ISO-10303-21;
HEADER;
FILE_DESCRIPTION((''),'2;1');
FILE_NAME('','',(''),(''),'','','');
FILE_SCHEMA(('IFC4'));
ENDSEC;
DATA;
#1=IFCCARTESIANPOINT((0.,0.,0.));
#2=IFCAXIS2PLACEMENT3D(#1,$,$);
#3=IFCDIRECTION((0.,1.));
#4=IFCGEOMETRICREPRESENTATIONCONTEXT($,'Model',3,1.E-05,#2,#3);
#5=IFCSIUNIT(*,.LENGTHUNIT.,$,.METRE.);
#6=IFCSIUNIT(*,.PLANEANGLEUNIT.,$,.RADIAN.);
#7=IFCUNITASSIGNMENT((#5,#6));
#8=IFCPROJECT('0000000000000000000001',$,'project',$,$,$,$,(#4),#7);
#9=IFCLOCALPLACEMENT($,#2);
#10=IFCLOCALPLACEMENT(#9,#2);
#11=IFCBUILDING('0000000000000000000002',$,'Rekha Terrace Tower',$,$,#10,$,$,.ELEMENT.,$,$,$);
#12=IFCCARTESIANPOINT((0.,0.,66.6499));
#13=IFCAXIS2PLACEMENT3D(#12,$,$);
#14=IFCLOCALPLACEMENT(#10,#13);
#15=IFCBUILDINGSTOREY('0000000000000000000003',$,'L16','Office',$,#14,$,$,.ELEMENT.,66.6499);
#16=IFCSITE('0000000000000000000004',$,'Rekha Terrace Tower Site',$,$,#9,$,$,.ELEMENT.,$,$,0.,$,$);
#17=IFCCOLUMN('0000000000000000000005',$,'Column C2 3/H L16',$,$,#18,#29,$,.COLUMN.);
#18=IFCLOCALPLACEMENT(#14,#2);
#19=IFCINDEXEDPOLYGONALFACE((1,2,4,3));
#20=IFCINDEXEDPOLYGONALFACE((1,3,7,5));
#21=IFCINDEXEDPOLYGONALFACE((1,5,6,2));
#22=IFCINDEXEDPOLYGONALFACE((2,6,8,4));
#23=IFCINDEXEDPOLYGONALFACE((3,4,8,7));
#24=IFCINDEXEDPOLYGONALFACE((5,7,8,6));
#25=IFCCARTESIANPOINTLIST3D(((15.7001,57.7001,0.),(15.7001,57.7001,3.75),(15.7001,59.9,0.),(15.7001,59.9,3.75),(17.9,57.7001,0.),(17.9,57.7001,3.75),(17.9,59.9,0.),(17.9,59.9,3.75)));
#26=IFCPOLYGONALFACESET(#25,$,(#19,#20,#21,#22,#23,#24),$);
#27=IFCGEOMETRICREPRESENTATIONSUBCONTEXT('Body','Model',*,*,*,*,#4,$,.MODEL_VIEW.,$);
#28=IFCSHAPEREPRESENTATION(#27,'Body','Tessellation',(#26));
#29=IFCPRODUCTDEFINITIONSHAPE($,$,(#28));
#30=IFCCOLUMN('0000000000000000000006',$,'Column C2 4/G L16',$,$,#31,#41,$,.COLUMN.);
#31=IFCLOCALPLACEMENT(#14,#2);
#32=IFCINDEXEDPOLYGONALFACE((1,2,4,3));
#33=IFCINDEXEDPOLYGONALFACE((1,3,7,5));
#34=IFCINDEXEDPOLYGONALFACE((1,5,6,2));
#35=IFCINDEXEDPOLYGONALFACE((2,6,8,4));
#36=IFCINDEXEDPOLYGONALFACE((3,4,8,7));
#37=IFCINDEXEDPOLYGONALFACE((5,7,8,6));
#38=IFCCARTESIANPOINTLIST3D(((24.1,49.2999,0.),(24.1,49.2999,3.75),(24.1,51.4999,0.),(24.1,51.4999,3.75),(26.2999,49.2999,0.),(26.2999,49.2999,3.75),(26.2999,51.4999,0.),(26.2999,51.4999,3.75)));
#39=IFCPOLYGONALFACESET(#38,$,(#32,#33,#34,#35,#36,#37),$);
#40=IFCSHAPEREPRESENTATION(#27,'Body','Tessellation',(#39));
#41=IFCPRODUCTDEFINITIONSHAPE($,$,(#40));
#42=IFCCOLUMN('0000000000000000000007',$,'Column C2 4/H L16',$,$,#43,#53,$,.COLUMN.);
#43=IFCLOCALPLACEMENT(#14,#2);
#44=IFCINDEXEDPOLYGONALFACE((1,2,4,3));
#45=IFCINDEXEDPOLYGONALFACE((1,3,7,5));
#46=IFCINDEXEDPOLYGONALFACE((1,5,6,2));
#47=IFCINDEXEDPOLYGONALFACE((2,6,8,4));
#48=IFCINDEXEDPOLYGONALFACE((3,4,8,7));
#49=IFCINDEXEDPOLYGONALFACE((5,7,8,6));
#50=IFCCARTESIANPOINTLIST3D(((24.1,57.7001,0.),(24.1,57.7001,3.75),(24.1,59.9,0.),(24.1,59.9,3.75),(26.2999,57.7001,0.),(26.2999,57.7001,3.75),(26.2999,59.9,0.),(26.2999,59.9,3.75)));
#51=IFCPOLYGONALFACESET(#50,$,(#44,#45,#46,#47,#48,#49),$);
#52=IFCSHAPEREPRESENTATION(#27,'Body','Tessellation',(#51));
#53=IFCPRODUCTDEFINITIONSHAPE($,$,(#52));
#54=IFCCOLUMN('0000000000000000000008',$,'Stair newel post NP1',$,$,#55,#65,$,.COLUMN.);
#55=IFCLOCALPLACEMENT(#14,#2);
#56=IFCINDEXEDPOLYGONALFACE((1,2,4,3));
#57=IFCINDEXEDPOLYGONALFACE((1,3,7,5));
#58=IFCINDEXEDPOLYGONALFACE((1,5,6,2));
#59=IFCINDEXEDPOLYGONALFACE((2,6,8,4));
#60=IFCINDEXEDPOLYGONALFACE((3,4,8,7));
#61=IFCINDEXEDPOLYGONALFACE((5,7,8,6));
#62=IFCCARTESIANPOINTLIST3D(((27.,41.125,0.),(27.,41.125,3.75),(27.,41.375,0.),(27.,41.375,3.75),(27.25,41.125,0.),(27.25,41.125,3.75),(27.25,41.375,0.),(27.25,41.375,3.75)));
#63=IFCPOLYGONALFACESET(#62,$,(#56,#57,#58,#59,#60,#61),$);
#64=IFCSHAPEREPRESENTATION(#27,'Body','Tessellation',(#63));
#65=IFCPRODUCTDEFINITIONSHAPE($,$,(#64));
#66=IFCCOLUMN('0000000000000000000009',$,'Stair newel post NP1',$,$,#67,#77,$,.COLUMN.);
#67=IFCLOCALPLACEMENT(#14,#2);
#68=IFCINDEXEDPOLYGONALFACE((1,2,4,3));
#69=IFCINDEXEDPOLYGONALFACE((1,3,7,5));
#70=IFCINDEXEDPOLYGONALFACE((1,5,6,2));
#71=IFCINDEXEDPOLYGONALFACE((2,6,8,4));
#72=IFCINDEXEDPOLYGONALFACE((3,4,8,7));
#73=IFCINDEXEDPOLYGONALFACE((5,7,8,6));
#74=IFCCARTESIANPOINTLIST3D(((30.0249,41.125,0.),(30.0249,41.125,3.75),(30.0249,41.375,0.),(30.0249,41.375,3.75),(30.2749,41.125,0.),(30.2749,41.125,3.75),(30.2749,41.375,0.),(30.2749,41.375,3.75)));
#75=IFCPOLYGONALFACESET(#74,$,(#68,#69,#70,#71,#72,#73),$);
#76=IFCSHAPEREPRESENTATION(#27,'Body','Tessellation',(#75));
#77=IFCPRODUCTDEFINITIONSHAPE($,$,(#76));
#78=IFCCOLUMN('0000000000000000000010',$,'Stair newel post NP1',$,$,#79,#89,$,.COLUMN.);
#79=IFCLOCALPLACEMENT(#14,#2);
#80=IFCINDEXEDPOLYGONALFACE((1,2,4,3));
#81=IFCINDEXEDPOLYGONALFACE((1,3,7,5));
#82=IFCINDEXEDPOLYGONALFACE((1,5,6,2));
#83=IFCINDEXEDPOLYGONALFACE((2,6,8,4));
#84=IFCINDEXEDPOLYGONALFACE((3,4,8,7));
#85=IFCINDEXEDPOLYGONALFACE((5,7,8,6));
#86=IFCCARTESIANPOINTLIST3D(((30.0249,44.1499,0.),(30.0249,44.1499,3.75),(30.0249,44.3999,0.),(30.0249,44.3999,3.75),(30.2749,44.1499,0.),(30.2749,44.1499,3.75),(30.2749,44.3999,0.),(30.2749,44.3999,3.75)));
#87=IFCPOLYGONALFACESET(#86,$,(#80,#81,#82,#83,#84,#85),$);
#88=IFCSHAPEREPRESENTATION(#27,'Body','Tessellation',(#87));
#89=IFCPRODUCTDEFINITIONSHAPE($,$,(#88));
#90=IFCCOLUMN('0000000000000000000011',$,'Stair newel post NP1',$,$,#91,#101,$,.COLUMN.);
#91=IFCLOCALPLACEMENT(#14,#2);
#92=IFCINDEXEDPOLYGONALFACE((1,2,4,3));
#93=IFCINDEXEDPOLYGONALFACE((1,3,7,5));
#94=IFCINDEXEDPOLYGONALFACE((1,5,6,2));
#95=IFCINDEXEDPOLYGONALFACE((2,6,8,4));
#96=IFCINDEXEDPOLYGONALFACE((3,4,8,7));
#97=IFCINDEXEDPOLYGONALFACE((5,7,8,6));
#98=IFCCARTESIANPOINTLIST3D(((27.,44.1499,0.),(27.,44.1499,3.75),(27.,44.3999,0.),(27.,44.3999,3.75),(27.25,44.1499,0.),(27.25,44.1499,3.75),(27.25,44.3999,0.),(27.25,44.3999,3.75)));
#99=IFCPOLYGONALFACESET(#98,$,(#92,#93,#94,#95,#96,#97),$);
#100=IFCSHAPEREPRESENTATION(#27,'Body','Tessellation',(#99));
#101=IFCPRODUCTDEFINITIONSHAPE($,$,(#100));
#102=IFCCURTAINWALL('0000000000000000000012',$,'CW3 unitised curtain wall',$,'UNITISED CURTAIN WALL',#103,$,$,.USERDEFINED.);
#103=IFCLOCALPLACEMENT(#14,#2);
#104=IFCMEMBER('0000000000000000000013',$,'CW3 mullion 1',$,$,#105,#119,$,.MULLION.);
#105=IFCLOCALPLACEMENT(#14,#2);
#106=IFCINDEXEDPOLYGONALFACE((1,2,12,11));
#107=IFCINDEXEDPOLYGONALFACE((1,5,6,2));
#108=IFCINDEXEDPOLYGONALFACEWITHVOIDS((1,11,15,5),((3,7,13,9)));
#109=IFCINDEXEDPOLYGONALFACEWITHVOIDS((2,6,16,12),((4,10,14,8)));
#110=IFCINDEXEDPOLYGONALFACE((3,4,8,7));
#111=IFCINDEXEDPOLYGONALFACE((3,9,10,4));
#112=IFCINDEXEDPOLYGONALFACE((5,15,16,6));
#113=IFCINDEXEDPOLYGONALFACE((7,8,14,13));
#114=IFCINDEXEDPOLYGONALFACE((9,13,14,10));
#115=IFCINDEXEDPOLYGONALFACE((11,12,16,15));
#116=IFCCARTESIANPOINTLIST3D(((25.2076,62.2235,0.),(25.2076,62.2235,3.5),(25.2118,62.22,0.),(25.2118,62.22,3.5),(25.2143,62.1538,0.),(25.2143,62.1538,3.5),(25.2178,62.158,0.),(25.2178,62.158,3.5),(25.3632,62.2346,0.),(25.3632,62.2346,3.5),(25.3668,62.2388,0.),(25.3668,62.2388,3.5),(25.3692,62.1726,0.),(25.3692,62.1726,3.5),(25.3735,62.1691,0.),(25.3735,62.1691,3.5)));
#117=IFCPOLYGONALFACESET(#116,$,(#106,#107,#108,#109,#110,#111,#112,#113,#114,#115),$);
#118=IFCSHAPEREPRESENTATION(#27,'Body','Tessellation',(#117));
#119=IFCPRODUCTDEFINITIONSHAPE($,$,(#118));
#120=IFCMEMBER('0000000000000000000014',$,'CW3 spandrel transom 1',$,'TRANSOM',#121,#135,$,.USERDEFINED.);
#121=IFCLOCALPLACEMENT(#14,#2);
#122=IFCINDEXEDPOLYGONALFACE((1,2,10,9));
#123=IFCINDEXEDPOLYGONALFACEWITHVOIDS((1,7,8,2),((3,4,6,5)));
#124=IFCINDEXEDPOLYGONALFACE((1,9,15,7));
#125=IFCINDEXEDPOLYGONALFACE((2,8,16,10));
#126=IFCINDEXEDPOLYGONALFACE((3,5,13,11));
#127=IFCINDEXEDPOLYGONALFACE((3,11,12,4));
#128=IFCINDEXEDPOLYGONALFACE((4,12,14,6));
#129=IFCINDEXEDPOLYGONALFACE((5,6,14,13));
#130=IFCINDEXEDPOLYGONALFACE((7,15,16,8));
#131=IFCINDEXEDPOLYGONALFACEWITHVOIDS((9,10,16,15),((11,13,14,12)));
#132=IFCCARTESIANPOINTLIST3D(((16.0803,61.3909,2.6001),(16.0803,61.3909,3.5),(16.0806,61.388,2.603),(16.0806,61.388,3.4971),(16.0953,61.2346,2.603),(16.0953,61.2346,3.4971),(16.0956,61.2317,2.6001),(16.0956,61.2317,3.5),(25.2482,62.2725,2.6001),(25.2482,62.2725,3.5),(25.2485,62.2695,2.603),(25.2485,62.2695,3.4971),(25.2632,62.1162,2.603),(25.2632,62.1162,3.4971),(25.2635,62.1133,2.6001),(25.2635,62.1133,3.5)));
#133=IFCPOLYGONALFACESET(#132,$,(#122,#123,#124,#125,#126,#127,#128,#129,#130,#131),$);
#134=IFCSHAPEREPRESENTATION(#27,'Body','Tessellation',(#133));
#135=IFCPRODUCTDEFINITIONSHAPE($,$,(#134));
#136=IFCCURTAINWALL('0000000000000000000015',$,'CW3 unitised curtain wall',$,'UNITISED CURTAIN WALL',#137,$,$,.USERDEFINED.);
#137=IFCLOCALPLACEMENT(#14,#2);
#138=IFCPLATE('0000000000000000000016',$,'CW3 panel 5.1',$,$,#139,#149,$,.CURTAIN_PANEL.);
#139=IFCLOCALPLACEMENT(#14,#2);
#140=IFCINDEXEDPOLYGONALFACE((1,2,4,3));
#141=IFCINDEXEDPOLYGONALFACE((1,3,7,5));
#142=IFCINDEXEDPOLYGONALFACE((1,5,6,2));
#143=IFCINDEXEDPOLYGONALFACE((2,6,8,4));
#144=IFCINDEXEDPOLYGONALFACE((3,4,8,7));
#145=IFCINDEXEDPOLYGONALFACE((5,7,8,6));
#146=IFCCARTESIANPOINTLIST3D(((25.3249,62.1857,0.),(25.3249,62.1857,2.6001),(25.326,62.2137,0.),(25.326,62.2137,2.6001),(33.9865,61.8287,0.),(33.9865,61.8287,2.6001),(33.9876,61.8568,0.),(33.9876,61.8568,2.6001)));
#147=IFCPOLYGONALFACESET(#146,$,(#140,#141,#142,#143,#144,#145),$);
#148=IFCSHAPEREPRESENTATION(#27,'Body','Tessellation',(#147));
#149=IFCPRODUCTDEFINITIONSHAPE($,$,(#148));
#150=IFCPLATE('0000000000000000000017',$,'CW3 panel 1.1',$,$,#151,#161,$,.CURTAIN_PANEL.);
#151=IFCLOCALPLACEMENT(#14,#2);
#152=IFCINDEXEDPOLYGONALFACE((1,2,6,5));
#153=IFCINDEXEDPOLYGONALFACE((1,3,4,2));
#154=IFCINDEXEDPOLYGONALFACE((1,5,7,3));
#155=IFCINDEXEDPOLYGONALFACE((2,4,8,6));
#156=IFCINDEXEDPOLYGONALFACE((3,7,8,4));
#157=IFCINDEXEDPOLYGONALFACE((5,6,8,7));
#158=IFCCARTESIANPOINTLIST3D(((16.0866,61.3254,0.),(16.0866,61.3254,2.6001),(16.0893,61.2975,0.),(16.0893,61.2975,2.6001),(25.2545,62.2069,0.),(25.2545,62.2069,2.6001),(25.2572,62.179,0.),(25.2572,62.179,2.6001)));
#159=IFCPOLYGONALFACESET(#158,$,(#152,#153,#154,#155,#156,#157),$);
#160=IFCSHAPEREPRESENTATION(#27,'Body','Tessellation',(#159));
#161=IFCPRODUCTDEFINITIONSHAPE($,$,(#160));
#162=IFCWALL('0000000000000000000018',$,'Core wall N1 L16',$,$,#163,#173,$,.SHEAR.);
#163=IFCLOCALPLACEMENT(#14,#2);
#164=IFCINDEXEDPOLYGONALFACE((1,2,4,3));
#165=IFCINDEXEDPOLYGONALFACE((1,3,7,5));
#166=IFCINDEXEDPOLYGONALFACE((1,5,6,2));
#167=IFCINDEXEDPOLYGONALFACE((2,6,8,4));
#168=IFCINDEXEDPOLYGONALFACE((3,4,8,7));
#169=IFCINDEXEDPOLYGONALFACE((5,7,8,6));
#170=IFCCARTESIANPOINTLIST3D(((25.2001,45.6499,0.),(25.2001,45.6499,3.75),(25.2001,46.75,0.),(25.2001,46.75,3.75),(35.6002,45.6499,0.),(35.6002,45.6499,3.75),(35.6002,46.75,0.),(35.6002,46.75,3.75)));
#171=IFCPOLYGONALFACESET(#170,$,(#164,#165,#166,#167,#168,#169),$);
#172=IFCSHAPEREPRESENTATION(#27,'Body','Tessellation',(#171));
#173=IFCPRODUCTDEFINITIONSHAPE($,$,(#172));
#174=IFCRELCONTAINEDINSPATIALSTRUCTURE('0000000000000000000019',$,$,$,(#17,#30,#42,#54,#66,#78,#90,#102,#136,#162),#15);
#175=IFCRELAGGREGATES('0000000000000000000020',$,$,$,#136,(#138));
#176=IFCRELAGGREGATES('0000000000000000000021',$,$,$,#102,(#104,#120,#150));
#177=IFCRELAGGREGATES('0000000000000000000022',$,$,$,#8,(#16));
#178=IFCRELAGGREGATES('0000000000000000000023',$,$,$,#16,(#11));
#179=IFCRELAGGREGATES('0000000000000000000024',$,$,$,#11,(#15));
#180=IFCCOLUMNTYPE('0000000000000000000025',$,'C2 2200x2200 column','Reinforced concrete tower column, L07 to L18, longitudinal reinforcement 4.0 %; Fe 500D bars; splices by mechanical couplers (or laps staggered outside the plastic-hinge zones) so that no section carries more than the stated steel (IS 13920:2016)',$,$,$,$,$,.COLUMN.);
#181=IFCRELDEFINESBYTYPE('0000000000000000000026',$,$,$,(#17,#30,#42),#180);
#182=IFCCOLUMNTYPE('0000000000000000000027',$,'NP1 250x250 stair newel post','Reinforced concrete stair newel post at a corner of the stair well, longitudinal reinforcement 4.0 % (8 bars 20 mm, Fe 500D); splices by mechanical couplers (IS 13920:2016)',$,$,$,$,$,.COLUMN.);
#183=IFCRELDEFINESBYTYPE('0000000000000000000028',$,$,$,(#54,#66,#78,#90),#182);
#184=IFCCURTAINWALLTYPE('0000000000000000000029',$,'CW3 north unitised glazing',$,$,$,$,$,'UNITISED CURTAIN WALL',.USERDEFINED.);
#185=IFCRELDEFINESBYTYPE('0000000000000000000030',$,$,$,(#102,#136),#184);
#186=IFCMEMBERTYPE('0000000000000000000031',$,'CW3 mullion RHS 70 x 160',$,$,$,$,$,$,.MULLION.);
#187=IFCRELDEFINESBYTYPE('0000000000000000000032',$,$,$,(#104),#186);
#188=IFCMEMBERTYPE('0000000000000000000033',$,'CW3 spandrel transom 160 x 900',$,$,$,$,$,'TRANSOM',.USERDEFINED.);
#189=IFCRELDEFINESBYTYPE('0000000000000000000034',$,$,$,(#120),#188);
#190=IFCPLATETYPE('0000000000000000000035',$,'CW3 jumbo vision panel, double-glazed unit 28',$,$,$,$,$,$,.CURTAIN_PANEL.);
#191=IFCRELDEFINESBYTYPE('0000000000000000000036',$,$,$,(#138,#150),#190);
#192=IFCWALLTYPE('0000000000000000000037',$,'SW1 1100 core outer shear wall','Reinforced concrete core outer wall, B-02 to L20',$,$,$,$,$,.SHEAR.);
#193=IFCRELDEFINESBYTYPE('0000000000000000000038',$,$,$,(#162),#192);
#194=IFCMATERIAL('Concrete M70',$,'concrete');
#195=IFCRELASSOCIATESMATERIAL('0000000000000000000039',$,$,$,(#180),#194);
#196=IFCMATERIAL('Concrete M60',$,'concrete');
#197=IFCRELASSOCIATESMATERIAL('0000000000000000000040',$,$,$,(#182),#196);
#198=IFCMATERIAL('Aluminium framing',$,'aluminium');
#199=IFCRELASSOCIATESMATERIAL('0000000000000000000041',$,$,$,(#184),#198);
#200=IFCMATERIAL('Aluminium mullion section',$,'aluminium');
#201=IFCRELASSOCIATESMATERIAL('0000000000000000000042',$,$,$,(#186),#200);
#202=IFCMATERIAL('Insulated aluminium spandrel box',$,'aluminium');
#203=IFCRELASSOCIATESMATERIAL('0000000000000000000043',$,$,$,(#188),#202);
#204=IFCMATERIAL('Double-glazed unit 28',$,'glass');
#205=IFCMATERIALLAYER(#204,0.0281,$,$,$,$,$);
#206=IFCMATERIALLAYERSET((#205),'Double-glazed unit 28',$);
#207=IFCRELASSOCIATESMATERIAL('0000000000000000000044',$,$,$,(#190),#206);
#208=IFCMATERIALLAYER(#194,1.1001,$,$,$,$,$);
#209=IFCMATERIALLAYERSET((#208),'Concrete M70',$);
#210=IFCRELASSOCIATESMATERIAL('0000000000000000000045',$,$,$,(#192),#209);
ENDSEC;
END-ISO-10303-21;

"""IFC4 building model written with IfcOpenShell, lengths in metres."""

from ifc_helpers import new_model, si_unit, direction, frame, frame_2d, origin, origin_2d, place, context, subcontext, project, spatial, rectangle, hollow_rectangle, extrude, material, layer, layer_set, material_profile, profile_set, type_object, element, aggregate, save


model = new_model("IFC4")

# Units and contexts
model_context = context("Model", 3, precision=1e-05, world=origin(), true_north=direction((0.0, 1.0)))
body_context = subcontext(model_context, "Body", "Model", "MODEL_VIEW")
ifc_project = project(units=[si_unit("LENGTHUNIT", "METRE"), si_unit("PLANEANGLEUNIT", "RADIAN")], contexts=[model_context])

# Site, building, storey
site_placement = place(None, origin())
site = spatial("IfcSite", under=ifc_project, at=site_placement, Name="Rekha Terrace Tower Site", CompositionType="ELEMENT", RefElevation=0.0)
building_placement = place(site_placement, origin())
building = spatial("IfcBuilding", under=site, at=building_placement, Name="Rekha Terrace Tower", CompositionType="ELEMENT")
storey_placement = place(building_placement, frame((0.0, 0.0, 66.6499)))
storey = spatial("IfcBuildingStorey", under=building, at=storey_placement, Name="L16", Description="Office", CompositionType="ELEMENT", Elevation=66.6499)

# Columns
ifc_material_1 = material(Name="Concrete M70", Category="concrete")
ifc_material_profile_1 = material_profile(ifc_material_1, rectangle(XDim=2.2, YDim=2.2, at=origin_2d()), Name="RC 2200x2200")
ifc_profile_set_1 = profile_set([ifc_material_profile_1], Name="Concrete M70")
column_type_1 = type_object("IfcColumnType", Name="C2 2200x2200 column", Description="Reinforced concrete tower column, L07 to L18, longitudinal reinforcement 4.0 %; Fe 500D bars; splices by mechanical couplers (or laps staggered outside the plastic-hinge zones) so that no section carries more than the stated steel (IS 13920:2016)", PredefinedType="COLUMN", material=ifc_profile_set_1)
for number, where, z_axis, x_axis, name in (
    (1, (16.8, 58.8, 0.0), (0.0, 0.0, 1.0), (1.0, 0.0, 0.0), "Column C2 3/H L16"),
    (2, (25.2, 50.3999, 0.0), (0.0, 0.0, 1.0), (1.0, 0.0, 0.0), "Column C2 4/G L16"),
    (3, (25.2, 58.8, 0.0), (0.0, 0.0, 1.0), (1.0, 0.0, 0.0), "Column C2 4/H L16"),
):
    element("IfcColumn", number, at=place(storey_placement, frame(where, z_axis=z_axis, x_axis=x_axis)), inside=storey, type_object=column_type_1, Name=name, PredefinedType="COLUMN", context=body_context, shape_type="SweptSolid", body=[
        extrude(rectangle(XDim=2.2, YDim=2.2, at=origin_2d()), origin(), (0.0, 0.0, 1.0), 3.75),
    ])
ifc_material_2 = material(Name="Concrete M60", Category="concrete")
ifc_material_profile_2 = material_profile(ifc_material_2, rectangle(XDim=0.25, YDim=0.25, at=origin_2d()), Name="RC 250x250")
ifc_profile_set_2 = profile_set([ifc_material_profile_2], Name="Concrete M60")
column_type_2 = type_object("IfcColumnType", Name="NP1 250x250 stair newel post", Description="Reinforced concrete stair newel post at a corner of the stair well, longitudinal reinforcement 4.0 % (8 bars 20 mm, Fe 500D); splices by mechanical couplers (IS 13920:2016)", PredefinedType="COLUMN", material=ifc_profile_set_2)
for number, where, z_axis, x_axis, name in (
    (4, (27.125, 41.25, 0.0), (0.0, 0.0, 1.0), (1.0, 0.0, 0.0), "Stair newel post NP1"),
    (5, (30.1499, 41.25, 0.0), (0.0, 0.0, 1.0), (1.0, 0.0, 0.0), "Stair newel post NP1"),
    (6, (30.1499, 44.2749, 0.0), (0.0, 0.0, 1.0), (1.0, 0.0, 0.0), "Stair newel post NP1"),
    (7, (27.125, 44.2749, 0.0), (0.0, 0.0, 1.0), (1.0, 0.0, 0.0), "Stair newel post NP1"),
):
    element("IfcColumn", number, at=place(storey_placement, frame(where, z_axis=z_axis, x_axis=x_axis)), inside=storey, type_object=column_type_2, Name=name, PredefinedType="COLUMN", context=body_context, shape_type="SweptSolid", body=[
        extrude(rectangle(XDim=0.25, YDim=0.25, at=origin_2d()), origin(), (0.0, 0.0, 1.0), 3.75),
    ])

# Curtain wall, members
ifc_material_3 = material(Name="Aluminium framing", Category="aluminium")
curtain_wall_type = type_object("IfcCurtainWallType", Name="CW3 north unitised glazing", ElementType="UNITISED CURTAIN WALL", PredefinedType="USERDEFINED", material=ifc_material_3)
curtain_wall_1_placement = place(storey_placement, origin())
curtain_wall_1 = element("IfcCurtainWall", 8, at=curtain_wall_1_placement, inside=storey, type_object=curtain_wall_type, Name="CW3 unitised curtain wall", ObjectType="UNITISED CURTAIN WALL", PredefinedType="USERDEFINED")
ifc_material_4 = material(Name="Aluminium mullion section", Category="aluminium")
ifc_material_profile_3 = material_profile(ifc_material_4, hollow_rectangle(XDim=0.0701, YDim=0.1599, WallThickness=0.0039, at=origin_2d()), Name="AL RHS 70x160")
ifc_profile_set_3 = profile_set([ifc_material_profile_3], Name="Aluminium mullion section")
member_type_1 = type_object("IfcMemberType", Name="CW3 mullion RHS 70 x 160", PredefinedType="MULLION", material=ifc_profile_set_3)
member_1_placement = place(storey_placement, frame((25.2905, 62.1963, 0.0), z_axis=(0.0, 0.0, 1.0), x_axis=(0.095712, -0.995409, 0.0)))
member_1 = element("IfcMember", 9, at=member_1_placement, type_object=member_type_1, Name="CW3 mullion 1", PredefinedType="MULLION", context=body_context, shape_type="SweptSolid", body=[
    extrude(hollow_rectangle(XDim=0.0701, YDim=0.1599, WallThickness=0.0039, at=origin_2d()), origin(), (0.0, 0.0, 1.0), 3.5),
])
ifc_material_5 = material(Name="Insulated aluminium spandrel box", Category="aluminium")
ifc_material_profile_4 = material_profile(ifc_material_5, hollow_rectangle(XDim=0.1599, YDim=0.8999, WallThickness=0.0029, at=origin_2d()), Name="AL SPANDREL BOX 160x900")
ifc_profile_set_4 = profile_set([ifc_material_profile_4], Name="Insulated aluminium spandrel box")
member_type_2 = type_object("IfcMemberType", Name="CW3 spandrel transom 160 x 900", ElementType="TRANSOM", PredefinedType="USERDEFINED", material=ifc_profile_set_4)
member_2_placement = place(storey_placement, frame((25.2559, 62.1929, 3.05), z_axis=(-0.995408, -0.095718, 0.0), x_axis=(0.095718, -0.995408, 0.0)))
member_2 = element("IfcMember", 10, at=member_2_placement, type_object=member_type_2, Name="CW3 spandrel transom 1", ObjectType="TRANSOM", PredefinedType="USERDEFINED", context=body_context, shape_type="SweptSolid", body=[
    extrude(hollow_rectangle(XDim=0.1599, YDim=0.8999, WallThickness=0.0029, at=origin_2d()), origin(), (0.0, 0.0, 1.0), 9.2102),
])

# Curtain wall, plate
curtain_wall_2_placement = place(storey_placement, origin())
curtain_wall_2 = element("IfcCurtainWall", 11, at=curtain_wall_2_placement, inside=storey, type_object=curtain_wall_type, Name="CW3 unitised curtain wall", ObjectType="UNITISED CURTAIN WALL", PredefinedType="USERDEFINED")
ifc_material_6 = material(Name="Double-glazed unit 28", Category="glass")
ifc_layer_1 = layer(ifc_material_6, 0.0281)
ifc_layer_set_1 = layer_set([ifc_layer_1], Name="Double-glazed unit 28")
plate_type = type_object("IfcPlateType", Name="CW3 jumbo vision panel, double-glazed unit 28", PredefinedType="CURTAIN_PANEL", material=ifc_layer_set_1)
plate_1_placement = place(storey_placement, frame((29.6562, 62.0212, 0.0), z_axis=(0.0, 0.0, 1.0), x_axis=(-0.999152, 0.041174, 0.0)))
plate_1 = element("IfcPlate", 12, at=plate_1_placement, type_object=plate_type, Name="CW3 panel 5.1", PredefinedType="CURTAIN_PANEL", context=body_context, shape_type="SweptSolid", body=[
    extrude(rectangle(XDim=8.6689, YDim=0.0281, at=origin_2d()), origin(), (0.0, 0.0, 1.0), 2.6001),
])
aggregate(curtain_wall_2, [plate_1])

# Plate
plate_2_placement = place(storey_placement, frame((20.6719, 61.7522, 0.0), z_axis=(0.0, 0.0, 1.0), x_axis=(-0.995409, -0.095712, 0.0)))
plate_2 = element("IfcPlate", 13, at=plate_2_placement, type_object=plate_type, Name="CW3 panel 1.1", PredefinedType="CURTAIN_PANEL", context=body_context, shape_type="SweptSolid", body=[
    extrude(rectangle(XDim=9.2102, YDim=0.0281, at=origin_2d()), origin(), (0.0, 0.0, 1.0), 2.6001),
])
aggregate(curtain_wall_1, [member_1, member_2, plate_2])

# Wall
ifc_layer_2 = layer(ifc_material_1, 1.1001)
ifc_layer_set_2 = layer_set([ifc_layer_2], Name="Concrete M70")
wall_type_1 = type_object("IfcWallType", Name="SW1 1100 core outer shear wall", Description="Reinforced concrete core outer wall, B-02 to L20", PredefinedType="SHEAR", material=ifc_layer_set_2)
wall_1_placement = place(storey_placement, frame((25.2, 46.2, 0.0), z_axis=(0.0, 0.0, 1.0), x_axis=(1.0, 0.0, 0.0)))
element("IfcWall", 14, at=wall_1_placement, inside=storey, type_object=wall_type_1, Name="Core wall N1 L16", PredefinedType="SHEAR", context=body_context, shape_type="SweptSolid", body=[
    extrude(rectangle(XDim=10.4001, YDim=1.1001, at=frame_2d((5.2002, 0.0))), origin(), (0.0, 0.0, 1.0), 3.75),
])

save(model, "model.ifc")
